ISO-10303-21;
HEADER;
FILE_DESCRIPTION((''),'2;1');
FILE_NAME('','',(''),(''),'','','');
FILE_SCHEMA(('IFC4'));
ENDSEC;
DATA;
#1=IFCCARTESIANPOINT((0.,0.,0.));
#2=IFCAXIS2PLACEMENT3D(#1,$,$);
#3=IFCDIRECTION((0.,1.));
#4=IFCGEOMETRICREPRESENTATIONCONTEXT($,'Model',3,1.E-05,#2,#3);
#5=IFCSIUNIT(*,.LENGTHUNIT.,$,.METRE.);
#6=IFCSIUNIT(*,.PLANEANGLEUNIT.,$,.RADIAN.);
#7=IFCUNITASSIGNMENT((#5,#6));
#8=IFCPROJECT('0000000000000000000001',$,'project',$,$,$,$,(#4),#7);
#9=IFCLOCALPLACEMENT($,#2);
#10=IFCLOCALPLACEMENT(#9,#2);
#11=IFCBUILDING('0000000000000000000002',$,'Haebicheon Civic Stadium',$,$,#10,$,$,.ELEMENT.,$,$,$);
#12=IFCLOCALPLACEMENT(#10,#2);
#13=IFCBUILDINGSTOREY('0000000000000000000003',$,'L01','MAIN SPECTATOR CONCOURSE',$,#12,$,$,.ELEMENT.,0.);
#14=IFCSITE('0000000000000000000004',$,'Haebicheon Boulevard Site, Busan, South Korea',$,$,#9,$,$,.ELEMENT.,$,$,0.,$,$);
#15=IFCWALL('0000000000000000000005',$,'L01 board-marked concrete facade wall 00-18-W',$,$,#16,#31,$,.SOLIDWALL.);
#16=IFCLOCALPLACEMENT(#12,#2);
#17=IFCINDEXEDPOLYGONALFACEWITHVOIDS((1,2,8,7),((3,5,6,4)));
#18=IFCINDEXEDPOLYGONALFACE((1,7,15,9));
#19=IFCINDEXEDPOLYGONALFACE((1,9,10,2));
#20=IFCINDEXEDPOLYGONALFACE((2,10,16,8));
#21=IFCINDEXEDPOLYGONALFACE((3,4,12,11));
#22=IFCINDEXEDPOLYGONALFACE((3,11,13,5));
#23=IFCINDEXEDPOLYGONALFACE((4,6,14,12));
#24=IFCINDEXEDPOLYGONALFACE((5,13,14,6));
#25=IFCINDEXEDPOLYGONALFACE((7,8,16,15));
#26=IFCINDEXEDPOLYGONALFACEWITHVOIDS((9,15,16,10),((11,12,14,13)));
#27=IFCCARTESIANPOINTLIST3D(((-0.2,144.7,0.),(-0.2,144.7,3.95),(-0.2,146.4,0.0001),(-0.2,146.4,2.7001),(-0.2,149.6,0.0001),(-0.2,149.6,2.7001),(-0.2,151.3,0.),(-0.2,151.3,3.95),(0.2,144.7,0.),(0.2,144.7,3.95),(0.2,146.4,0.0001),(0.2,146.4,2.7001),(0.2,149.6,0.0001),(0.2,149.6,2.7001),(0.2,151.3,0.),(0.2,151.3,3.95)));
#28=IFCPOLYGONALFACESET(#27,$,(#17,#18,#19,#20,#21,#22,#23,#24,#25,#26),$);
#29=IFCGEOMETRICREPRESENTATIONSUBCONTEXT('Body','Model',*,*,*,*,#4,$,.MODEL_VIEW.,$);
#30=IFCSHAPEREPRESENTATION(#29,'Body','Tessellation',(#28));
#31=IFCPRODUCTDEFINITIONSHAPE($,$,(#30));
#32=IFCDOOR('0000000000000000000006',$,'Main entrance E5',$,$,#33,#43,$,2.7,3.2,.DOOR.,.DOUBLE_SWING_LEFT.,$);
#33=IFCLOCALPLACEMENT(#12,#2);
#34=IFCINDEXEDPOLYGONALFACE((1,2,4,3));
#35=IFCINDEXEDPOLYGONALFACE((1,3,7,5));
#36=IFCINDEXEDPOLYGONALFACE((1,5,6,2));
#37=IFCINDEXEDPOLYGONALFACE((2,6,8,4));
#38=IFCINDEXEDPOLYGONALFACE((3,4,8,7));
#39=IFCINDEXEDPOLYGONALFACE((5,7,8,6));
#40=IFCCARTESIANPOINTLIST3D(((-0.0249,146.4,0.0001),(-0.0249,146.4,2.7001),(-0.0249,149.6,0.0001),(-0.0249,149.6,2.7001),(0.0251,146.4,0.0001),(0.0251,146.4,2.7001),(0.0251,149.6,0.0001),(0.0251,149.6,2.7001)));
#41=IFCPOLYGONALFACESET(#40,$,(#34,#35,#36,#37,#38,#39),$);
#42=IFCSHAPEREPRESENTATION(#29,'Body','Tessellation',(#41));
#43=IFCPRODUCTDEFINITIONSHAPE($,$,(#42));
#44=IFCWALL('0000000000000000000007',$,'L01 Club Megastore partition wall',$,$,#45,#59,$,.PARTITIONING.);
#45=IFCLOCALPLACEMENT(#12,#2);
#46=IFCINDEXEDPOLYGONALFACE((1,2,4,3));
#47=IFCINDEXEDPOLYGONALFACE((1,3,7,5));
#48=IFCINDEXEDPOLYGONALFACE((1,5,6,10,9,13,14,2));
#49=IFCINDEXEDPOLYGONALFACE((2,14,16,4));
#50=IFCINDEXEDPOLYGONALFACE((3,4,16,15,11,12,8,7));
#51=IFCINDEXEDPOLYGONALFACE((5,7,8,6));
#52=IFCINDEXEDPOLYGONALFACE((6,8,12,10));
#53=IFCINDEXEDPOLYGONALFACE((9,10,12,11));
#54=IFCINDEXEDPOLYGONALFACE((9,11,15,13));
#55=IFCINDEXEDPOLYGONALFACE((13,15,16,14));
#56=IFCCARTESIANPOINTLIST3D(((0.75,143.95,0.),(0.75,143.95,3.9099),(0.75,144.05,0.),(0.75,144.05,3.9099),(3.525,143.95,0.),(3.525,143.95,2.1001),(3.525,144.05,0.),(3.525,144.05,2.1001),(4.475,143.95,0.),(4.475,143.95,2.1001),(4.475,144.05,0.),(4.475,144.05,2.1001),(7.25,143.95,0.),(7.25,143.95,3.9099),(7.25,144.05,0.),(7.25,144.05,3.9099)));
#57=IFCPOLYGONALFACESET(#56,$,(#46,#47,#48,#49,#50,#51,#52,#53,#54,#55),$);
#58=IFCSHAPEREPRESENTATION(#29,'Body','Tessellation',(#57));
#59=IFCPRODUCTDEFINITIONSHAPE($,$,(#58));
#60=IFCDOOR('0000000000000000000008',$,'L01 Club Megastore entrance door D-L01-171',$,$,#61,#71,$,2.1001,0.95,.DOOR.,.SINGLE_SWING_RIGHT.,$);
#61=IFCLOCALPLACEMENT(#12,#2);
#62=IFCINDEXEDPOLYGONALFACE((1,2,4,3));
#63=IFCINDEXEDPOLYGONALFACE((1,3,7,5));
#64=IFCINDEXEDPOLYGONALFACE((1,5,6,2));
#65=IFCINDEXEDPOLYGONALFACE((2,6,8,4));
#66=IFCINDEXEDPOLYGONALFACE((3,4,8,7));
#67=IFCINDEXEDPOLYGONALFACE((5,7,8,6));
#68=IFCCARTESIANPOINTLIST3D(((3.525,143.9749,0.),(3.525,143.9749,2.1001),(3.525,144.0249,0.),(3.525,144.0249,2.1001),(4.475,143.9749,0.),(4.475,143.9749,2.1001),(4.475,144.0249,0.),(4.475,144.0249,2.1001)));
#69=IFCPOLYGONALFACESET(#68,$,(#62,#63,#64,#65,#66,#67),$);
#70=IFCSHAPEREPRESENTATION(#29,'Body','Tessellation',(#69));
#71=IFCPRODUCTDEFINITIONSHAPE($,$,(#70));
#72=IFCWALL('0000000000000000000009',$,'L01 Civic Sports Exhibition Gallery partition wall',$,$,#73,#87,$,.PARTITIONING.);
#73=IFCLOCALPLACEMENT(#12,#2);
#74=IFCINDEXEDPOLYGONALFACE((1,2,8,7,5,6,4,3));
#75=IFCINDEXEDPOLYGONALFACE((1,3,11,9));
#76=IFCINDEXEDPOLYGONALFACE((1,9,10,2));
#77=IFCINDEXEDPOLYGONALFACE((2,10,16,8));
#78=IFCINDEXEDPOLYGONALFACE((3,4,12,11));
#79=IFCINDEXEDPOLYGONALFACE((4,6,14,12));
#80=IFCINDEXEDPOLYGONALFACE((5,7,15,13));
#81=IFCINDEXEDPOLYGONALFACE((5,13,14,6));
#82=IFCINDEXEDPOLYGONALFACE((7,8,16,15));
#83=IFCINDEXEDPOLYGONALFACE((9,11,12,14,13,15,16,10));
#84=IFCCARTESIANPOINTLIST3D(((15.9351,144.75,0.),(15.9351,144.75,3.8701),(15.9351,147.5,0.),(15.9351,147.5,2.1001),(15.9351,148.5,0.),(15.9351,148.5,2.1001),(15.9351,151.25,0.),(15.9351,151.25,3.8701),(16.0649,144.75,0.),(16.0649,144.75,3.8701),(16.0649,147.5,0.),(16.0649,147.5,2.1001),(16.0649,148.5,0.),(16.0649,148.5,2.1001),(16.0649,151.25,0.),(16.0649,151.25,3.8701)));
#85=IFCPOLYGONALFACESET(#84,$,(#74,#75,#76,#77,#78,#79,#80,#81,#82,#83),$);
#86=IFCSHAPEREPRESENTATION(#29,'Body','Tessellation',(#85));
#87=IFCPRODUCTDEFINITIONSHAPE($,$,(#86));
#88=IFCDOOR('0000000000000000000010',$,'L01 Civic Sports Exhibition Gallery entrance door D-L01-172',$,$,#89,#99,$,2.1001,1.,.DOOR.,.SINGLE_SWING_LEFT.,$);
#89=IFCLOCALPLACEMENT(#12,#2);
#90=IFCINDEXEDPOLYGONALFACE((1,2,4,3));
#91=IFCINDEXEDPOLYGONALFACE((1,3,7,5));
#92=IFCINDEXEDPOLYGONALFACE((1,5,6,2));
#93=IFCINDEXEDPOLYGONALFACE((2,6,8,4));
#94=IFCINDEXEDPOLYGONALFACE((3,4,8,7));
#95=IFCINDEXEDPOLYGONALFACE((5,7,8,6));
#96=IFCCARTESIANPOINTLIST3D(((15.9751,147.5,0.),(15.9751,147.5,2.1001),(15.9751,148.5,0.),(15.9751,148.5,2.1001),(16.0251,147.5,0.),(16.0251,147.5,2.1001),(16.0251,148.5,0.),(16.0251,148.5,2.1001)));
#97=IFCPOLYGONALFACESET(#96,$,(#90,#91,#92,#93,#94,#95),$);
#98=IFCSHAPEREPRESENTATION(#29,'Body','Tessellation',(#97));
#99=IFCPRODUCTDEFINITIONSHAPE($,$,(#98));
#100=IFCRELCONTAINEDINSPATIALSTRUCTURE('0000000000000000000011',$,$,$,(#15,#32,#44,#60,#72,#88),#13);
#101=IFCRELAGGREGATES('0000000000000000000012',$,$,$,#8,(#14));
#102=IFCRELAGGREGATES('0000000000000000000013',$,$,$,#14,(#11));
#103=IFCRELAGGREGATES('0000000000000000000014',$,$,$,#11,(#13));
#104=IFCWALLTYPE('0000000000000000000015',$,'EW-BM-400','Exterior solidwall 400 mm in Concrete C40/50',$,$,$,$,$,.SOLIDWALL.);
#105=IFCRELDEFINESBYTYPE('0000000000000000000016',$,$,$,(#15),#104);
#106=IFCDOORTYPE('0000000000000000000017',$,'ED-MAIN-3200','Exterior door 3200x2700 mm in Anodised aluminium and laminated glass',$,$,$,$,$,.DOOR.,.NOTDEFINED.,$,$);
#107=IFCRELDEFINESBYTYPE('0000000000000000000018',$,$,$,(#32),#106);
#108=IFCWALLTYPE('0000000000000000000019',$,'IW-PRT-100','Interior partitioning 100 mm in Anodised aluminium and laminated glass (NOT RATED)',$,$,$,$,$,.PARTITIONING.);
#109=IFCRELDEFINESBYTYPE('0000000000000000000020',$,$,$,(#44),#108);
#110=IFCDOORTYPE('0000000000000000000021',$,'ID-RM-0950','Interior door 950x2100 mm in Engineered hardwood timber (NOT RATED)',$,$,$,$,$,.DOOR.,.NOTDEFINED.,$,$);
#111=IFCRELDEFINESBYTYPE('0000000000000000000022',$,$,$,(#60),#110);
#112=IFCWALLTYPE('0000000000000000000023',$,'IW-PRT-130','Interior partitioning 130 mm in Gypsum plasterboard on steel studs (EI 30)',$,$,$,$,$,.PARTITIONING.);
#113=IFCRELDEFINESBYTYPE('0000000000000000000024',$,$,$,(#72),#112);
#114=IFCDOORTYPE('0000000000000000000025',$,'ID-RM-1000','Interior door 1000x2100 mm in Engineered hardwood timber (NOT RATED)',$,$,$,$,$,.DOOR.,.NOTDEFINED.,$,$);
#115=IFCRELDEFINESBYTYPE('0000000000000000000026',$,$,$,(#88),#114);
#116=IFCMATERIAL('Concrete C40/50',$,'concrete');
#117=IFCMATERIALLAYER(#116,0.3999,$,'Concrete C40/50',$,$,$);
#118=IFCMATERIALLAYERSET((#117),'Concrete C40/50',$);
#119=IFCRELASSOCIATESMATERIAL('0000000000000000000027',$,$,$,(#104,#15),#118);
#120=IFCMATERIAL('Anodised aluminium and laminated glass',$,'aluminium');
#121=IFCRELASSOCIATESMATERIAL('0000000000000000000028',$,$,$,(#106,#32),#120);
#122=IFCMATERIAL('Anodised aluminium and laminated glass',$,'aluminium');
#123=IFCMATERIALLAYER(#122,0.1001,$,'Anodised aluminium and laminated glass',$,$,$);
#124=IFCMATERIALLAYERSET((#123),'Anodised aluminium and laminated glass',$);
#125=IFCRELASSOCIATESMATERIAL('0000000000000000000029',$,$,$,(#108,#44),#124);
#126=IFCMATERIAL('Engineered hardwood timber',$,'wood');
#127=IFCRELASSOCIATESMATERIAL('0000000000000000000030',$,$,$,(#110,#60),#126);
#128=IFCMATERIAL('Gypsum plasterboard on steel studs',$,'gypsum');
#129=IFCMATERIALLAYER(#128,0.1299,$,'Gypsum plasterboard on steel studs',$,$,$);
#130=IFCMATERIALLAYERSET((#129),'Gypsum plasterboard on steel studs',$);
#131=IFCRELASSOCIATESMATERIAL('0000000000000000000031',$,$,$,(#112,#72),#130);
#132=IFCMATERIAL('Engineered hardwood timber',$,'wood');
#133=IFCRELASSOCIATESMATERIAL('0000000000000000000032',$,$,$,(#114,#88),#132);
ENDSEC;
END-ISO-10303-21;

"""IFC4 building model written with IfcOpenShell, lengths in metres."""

from ifc_helpers import new_model, si_unit, direction, frame, frame_2d, origin, place, context, subcontext, project, spatial, rectangle, extrude, material, layer, layer_set, type_object, element, fill, save


model = new_model("IFC4")

# Units and contexts
model_context = context("Model", 3, precision=1e-05, world=origin(), true_north=direction((0.0, 1.0)))
body_context = subcontext(model_context, "Body", "Model", "MODEL_VIEW")
ifc_project = project(units=[si_unit("LENGTHUNIT", "METRE"), si_unit("PLANEANGLEUNIT", "RADIAN")], contexts=[model_context])

# Site, building, storey
site_placement = place(None, origin())
site = spatial("IfcSite", under=ifc_project, at=site_placement, Name="Haebicheon Boulevard Site, Busan, South Korea", CompositionType="ELEMENT", RefElevation=0.0)
building_placement = place(site_placement, origin())
building = spatial("IfcBuilding", under=site, at=building_placement, Name="Haebicheon Civic Stadium", CompositionType="ELEMENT")
storey_placement = place(building_placement, origin())
storey = spatial("IfcBuildingStorey", under=building, at=storey_placement, Name="L01", Description="MAIN SPECTATOR CONCOURSE", CompositionType="ELEMENT", Elevation=0.0)

# Walls, openings, doors
ifc_material_1 = material(Name="Concrete C40/50", Category="concrete")
ifc_layer_1 = layer(ifc_material_1, 0.3999, Name="Concrete C40/50")
ifc_layer_set_1 = layer_set([ifc_layer_1], Name="Concrete C40/50")
wall_type_1 = type_object("IfcWallType", Name="EW-BM-400", Description="Exterior solidwall 400 mm in Concrete C40/50", PredefinedType="SOLIDWALL", material=ifc_layer_set_1)
wall_1_placement = place(storey_placement, frame((0.0, 144.7, 0.0), z_axis=(0.0, 0.0, 1.0), x_axis=(0.0, 1.0, 0.0)))
wall_1 = element("IfcWall", 1, at=wall_1_placement, inside=storey, type_object=wall_type_1, material=ifc_layer_set_1, Name="L01 board-marked concrete facade wall 00-18-W", PredefinedType="SOLIDWALL", context=body_context, shape_type="SweptSolid", body=[
    extrude(rectangle(XDim=6.6001, YDim=0.3999, at=frame_2d((3.3, 0.0))), origin(), (0.0, 0.0, 1.0), 3.95),
])
opening_1_placement = place(wall_1_placement, frame((1.7, 0.0, 0.0)))
opening_1 = element("IfcOpeningElement", 2, at=opening_1_placement, cuts=wall_1, PredefinedType="OPENING", context=body_context, shape_type="SweptSolid", body=[
    extrude(rectangle(XDim=3.2, YDim=2.7, at=frame_2d((1.6001, 1.3501))), frame((0.0, 0.21, 0.0), z_axis=(0.0, -1.0, 0.0), x_axis=(1.0, 0.0, 0.0)), (0.0, 0.0, 1.0), 0.4199),
])
ifc_material_2 = material(Name="Anodised aluminium and laminated glass", Category="aluminium")
door_type_1 = type_object("IfcDoorType", Name="ED-MAIN-3200", Description="Exterior door 3200x2700 mm in Anodised aluminium and laminated glass", OperationType="NOTDEFINED", PredefinedType="DOOR", material=ifc_material_2)
door_1_placement = place(opening_1_placement, origin())
door_1 = element("IfcDoor", 3, at=door_1_placement, inside=storey, type_object=door_type_1, material=ifc_material_2, Name="Main entrance E5", OperationType="DOUBLE_SWING_LEFT", OverallHeight=2.7, OverallWidth=3.2, PredefinedType="DOOR", context=body_context, shape_type="SweptSolid", body=[
    extrude(rectangle(XDim=3.2, YDim=2.7, at=frame_2d((1.6001, 1.3501))), frame((0.0, 0.0249, 0.0), z_axis=(0.0, -1.0, 0.0), x_axis=(1.0, 0.0, 0.0)), (0.0, 0.0, 1.0), 0.05),
])
fill(opening_1, door_1)
ifc_material_3 = material(Name="Anodised aluminium and laminated glass", Category="aluminium")
ifc_layer_2 = layer(ifc_material_3, 0.1001, Name="Anodised aluminium and laminated glass")
ifc_layer_set_2 = layer_set([ifc_layer_2], Name="Anodised aluminium and laminated glass")
wall_type_2 = type_object("IfcWallType", Name="IW-PRT-100", Description="Interior partitioning 100 mm in Anodised aluminium and laminated glass (NOT RATED)", PredefinedType="PARTITIONING", material=ifc_layer_set_2)
wall_2_placement = place(storey_placement, frame((0.75, 144.0, 0.0), z_axis=(0.0, 0.0, 1.0), x_axis=(1.0, 0.0, 0.0)))
wall_2 = element("IfcWall", 4, at=wall_2_placement, inside=storey, type_object=wall_type_2, material=ifc_layer_set_2, Name="L01 Club Megastore partition wall", PredefinedType="PARTITIONING", context=body_context, shape_type="SweptSolid", body=[
    extrude(rectangle(XDim=6.5, YDim=0.1001, at=frame_2d((3.25, 0.0))), origin(), (0.0, 0.0, 1.0), 3.9099),
])
opening_2_placement = place(wall_2_placement, frame((2.7749, 0.0, 0.0)))
opening_2 = element("IfcOpeningElement", 5, at=opening_2_placement, cuts=wall_2, PredefinedType="OPENING", context=body_context, shape_type="SweptSolid", body=[
    extrude(rectangle(XDim=0.95, YDim=2.1001, at=frame_2d((0.4751, 1.05))), frame((0.0, 0.0601, 0.0), z_axis=(0.0, -1.0, 0.0), x_axis=(1.0, 0.0, 0.0)), (0.0, 0.0, 1.0), 0.1201),
])
ifc_material_4 = material(Name="Engineered hardwood timber", Category="wood")
door_type_2 = type_object("IfcDoorType", Name="ID-RM-0950", Description="Interior door 950x2100 mm in Engineered hardwood timber (NOT RATED)", OperationType="NOTDEFINED", PredefinedType="DOOR", material=ifc_material_4)
door_2_placement = place(opening_2_placement, origin())
door_2 = element("IfcDoor", 6, at=door_2_placement, inside=storey, type_object=door_type_2, material=ifc_material_4, Name="L01 Club Megastore entrance door D-L01-171", OperationType="SINGLE_SWING_RIGHT", OverallHeight=2.1001, OverallWidth=0.95, PredefinedType="DOOR", context=body_context, shape_type="SweptSolid", body=[
    extrude(rectangle(XDim=0.95, YDim=2.1001, at=frame_2d((0.4751, 1.05))), frame((0.0, 0.0249, 0.0), z_axis=(0.0, -1.0, 0.0), x_axis=(1.0, 0.0, 0.0)), (0.0, 0.0, 1.0), 0.05),
])
fill(opening_2, door_2)
ifc_material_5 = material(Name="Gypsum plasterboard on steel studs", Category="gypsum")
ifc_layer_3 = layer(ifc_material_5, 0.1299, Name="Gypsum plasterboard on steel studs")
ifc_layer_set_3 = layer_set([ifc_layer_3], Name="Gypsum plasterboard on steel studs")
wall_type_3 = type_object("IfcWallType", Name="IW-PRT-130", Description="Interior partitioning 130 mm in Gypsum plasterboard on steel studs (EI 30)", PredefinedType="PARTITIONING", material=ifc_layer_set_3)
wall_3_placement = place(storey_placement, frame((16.0, 144.75, 0.0), z_axis=(0.0, 0.0, 1.0), x_axis=(0.0, 1.0, 0.0)))
wall_3 = element("IfcWall", 7, at=wall_3_placement, inside=storey, type_object=wall_type_3, material=ifc_layer_set_3, Name="L01 Civic Sports Exhibition Gallery partition wall", PredefinedType="PARTITIONING", context=body_context, shape_type="SweptSolid", body=[
    extrude(rectangle(XDim=6.5, YDim=0.1299, at=frame_2d((3.25, 0.0))), origin(), (0.0, 0.0, 1.0), 3.8701),
])
opening_3_placement = place(wall_3_placement, frame((2.75, 0.0, 0.0)))
opening_3 = element("IfcOpeningElement", 8, at=opening_3_placement, cuts=wall_3, PredefinedType="OPENING", context=body_context, shape_type="SweptSolid", body=[
    extrude(rectangle(XDim=1.0, YDim=2.1001, at=frame_2d((0.5, 1.05))), frame((0.0, 0.075, 0.0), z_axis=(0.0, -1.0, 0.0), x_axis=(1.0, 0.0, 0.0)), (0.0, 0.0, 1.0), 0.1499),
])
ifc_material_6 = material(Name="Engineered hardwood timber", Category="wood")
door_type_3 = type_object("IfcDoorType", Name="ID-RM-1000", Description="Interior door 1000x2100 mm in Engineered hardwood timber (NOT RATED)", OperationType="NOTDEFINED", PredefinedType="DOOR", material=ifc_material_6)
door_3_placement = place(opening_3_placement, origin())
door_3 = element("IfcDoor", 9, at=door_3_placement, inside=storey, type_object=door_type_3, material=ifc_material_6, Name="L01 Civic Sports Exhibition Gallery entrance door D-L01-172", OperationType="SINGLE_SWING_LEFT", OverallHeight=2.1001, OverallWidth=1.0, PredefinedType="DOOR", context=body_context, shape_type="SweptSolid", body=[
    extrude(rectangle(XDim=1.0, YDim=2.1001, at=frame_2d((0.5, 1.05))), frame((0.0, 0.0249, 0.0), z_axis=(0.0, -1.0, 0.0), x_axis=(1.0, 0.0, 0.0)), (0.0, 0.0, 1.0), 0.05),
])
fill(opening_3, door_3)

save(model, "model.ifc")
